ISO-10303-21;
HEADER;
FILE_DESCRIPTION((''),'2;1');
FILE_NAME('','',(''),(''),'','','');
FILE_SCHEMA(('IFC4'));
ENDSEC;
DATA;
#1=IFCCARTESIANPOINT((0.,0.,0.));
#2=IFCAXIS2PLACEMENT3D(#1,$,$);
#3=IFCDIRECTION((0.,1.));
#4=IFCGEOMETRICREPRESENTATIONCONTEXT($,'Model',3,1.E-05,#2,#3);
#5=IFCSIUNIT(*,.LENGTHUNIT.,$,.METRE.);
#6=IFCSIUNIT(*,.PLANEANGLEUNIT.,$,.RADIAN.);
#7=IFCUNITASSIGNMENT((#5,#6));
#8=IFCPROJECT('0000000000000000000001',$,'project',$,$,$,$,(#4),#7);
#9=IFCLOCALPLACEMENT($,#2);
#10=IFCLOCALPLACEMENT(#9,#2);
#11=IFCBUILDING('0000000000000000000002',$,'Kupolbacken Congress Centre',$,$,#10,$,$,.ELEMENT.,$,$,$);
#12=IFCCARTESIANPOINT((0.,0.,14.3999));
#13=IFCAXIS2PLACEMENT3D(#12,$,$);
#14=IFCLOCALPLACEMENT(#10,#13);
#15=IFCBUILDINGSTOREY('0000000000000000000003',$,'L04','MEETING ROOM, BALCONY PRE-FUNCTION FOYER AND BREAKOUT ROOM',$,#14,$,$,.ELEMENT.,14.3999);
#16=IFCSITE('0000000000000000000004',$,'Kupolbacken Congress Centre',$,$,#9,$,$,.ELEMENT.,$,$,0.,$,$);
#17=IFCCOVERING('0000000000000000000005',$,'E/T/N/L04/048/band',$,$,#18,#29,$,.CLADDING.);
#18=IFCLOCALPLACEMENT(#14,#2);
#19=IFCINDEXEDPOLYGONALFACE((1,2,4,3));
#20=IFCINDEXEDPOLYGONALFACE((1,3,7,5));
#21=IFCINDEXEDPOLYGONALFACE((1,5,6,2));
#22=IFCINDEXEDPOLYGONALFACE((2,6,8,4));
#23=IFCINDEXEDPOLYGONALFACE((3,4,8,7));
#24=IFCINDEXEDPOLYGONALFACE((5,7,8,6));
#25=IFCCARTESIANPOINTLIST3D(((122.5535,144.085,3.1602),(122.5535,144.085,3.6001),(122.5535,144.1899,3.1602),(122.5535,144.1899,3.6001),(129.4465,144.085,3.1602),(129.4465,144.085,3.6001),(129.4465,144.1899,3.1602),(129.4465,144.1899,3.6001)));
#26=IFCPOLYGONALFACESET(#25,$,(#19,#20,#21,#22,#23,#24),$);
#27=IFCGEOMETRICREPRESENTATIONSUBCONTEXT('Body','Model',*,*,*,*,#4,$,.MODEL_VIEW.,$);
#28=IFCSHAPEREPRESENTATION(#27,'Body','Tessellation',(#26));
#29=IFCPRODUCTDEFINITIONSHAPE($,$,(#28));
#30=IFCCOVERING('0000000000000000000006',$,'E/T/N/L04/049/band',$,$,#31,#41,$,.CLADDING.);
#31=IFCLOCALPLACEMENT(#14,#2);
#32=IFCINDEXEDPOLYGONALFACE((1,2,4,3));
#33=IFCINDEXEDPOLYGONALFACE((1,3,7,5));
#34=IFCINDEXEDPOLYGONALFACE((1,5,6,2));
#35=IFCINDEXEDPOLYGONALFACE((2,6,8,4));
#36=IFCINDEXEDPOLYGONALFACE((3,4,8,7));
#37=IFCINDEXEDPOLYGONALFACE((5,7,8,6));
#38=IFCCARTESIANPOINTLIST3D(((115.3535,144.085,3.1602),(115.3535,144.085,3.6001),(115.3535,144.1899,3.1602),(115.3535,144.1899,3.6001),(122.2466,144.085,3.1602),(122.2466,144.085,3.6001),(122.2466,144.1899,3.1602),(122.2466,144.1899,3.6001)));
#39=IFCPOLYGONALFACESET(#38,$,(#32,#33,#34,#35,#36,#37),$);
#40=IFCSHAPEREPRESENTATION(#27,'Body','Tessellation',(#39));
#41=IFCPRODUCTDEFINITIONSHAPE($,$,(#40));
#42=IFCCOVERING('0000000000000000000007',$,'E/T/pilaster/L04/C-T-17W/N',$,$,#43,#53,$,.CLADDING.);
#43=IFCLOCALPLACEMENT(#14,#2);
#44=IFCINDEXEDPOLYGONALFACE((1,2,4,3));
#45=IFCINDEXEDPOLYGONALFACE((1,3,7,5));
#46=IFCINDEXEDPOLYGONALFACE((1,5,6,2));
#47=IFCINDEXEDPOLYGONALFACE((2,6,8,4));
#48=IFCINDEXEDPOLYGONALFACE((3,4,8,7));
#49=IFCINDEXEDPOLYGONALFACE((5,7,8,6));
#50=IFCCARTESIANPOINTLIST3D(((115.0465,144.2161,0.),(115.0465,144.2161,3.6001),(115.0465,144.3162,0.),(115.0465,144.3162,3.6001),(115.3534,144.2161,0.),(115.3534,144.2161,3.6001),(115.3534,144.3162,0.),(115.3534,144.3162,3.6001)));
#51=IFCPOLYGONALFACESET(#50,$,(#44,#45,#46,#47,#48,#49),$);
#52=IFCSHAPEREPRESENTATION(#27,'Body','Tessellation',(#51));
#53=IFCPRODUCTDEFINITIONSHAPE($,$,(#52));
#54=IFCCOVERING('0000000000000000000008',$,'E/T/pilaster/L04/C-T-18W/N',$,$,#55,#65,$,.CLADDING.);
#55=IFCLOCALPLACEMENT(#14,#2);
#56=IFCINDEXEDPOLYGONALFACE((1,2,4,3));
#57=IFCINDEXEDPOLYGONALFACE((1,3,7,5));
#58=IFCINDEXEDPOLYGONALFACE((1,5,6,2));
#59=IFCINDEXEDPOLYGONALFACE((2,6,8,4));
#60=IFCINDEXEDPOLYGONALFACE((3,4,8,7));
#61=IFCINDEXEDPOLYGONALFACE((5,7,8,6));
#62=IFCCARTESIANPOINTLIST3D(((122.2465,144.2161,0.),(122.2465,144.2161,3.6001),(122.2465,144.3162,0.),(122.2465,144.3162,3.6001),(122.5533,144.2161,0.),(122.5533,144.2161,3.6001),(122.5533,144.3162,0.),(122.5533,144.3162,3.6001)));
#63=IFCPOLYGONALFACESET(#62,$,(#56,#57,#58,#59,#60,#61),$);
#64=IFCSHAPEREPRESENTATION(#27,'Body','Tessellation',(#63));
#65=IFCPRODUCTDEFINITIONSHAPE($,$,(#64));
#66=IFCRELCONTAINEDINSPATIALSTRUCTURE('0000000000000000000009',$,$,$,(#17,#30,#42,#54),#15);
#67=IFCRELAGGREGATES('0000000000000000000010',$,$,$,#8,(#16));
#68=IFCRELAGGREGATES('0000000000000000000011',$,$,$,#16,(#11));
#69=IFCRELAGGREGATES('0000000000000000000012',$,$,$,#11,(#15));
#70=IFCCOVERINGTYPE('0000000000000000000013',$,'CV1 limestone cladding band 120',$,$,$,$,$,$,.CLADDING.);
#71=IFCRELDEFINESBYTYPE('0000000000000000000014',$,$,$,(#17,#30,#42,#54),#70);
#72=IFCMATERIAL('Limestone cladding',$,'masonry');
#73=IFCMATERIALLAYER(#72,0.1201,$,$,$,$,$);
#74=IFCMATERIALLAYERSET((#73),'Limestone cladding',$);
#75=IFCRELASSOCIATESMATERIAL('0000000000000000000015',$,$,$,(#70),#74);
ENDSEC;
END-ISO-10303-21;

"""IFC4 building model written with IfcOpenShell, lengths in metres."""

from ifc_helpers import new_model, si_unit, direction, frame, origin, origin_2d, place, context, subcontext, project, spatial, rectangle, extrude, material, layer, layer_set, type_object, element, save


model = new_model("IFC4")

# Units and contexts
model_context = context("Model", 3, precision=1e-05, world=origin(), true_north=direction((0.0, 1.0)))
body_context = subcontext(model_context, "Body", "Model", "MODEL_VIEW")
ifc_project = project(units=[si_unit("LENGTHUNIT", "METRE"), si_unit("PLANEANGLEUNIT", "RADIAN")], contexts=[model_context])

# Site, building, storey
site_placement = place(None, origin())
site = spatial("IfcSite", under=ifc_project, at=site_placement, Name="Kupolbacken Congress Centre", CompositionType="ELEMENT", RefElevation=0.0)
building_placement = place(site_placement, origin())
building = spatial("IfcBuilding", under=site, at=building_placement, Name="Kupolbacken Congress Centre", CompositionType="ELEMENT")
storey_placement = place(building_placement, frame((0.0, 0.0, 14.3999)))
storey = spatial("IfcBuildingStorey", under=building, at=storey_placement, Name="L04", Description="MEETING ROOM, BALCONY PRE-FUNCTION FOYER AND BREAKOUT ROOM", CompositionType="ELEMENT", Elevation=14.3999)

# Coverings
ifc_material_1 = material(Name="Limestone cladding", Category="masonry")
ifc_layer_1 = layer(ifc_material_1, 0.1201)
ifc_layer_set_1 = layer_set([ifc_layer_1], Name="Limestone cladding")
covering_type = type_object("IfcCoveringType", Name="CV1 limestone cladding band 120", PredefinedType="CLADDING", material=ifc_layer_set_1)
for number, where, z_axis, x_axis, name in (
    (1, (126.0, 144.1375, 3.1602), (0.0, 0.0, 1.0), (-1.0, 0.0, 0.0), "E/T/N/L04/048/band"),
    (2, (118.8, 144.1375, 3.1602), (0.0, 0.0, 1.0), (-1.0, 0.0, 0.0), "E/T/N/L04/049/band"),
):
    element("IfcCovering", number, at=place(storey_placement, frame(where, z_axis=z_axis, x_axis=x_axis)), inside=storey, type_object=covering_type, Name=name, PredefinedType="CLADDING", context=body_context, shape_type="SweptSolid", body=[
        extrude(rectangle(XDim=6.8931, YDim=0.105, at=origin_2d()), origin(), (0.0, 0.0, 1.0), 0.4399),
    ])
for number, where, z_axis, x_axis, name in (
    (3, (115.2, 144.2661, 0.0), (0.0, 0.0, 1.0), (1.0, 0.0, 0.0), "E/T/pilaster/L04/C-T-17W/N"),
    (4, (122.3999, 144.2661, 0.0), (0.0, 0.0, 1.0), (1.0, 0.0, 0.0), "E/T/pilaster/L04/C-T-18W/N"),
):
    element("IfcCovering", number, at=place(storey_placement, frame(where, z_axis=z_axis, x_axis=x_axis)), inside=storey, type_object=covering_type, Name=name, PredefinedType="CLADDING", context=body_context, shape_type="SweptSolid", body=[
        extrude(rectangle(XDim=0.3069, YDim=0.1001, at=origin_2d()), origin(), (0.0, 0.0, 1.0), 3.6001),
    ])

save(model, "model.ifc")
